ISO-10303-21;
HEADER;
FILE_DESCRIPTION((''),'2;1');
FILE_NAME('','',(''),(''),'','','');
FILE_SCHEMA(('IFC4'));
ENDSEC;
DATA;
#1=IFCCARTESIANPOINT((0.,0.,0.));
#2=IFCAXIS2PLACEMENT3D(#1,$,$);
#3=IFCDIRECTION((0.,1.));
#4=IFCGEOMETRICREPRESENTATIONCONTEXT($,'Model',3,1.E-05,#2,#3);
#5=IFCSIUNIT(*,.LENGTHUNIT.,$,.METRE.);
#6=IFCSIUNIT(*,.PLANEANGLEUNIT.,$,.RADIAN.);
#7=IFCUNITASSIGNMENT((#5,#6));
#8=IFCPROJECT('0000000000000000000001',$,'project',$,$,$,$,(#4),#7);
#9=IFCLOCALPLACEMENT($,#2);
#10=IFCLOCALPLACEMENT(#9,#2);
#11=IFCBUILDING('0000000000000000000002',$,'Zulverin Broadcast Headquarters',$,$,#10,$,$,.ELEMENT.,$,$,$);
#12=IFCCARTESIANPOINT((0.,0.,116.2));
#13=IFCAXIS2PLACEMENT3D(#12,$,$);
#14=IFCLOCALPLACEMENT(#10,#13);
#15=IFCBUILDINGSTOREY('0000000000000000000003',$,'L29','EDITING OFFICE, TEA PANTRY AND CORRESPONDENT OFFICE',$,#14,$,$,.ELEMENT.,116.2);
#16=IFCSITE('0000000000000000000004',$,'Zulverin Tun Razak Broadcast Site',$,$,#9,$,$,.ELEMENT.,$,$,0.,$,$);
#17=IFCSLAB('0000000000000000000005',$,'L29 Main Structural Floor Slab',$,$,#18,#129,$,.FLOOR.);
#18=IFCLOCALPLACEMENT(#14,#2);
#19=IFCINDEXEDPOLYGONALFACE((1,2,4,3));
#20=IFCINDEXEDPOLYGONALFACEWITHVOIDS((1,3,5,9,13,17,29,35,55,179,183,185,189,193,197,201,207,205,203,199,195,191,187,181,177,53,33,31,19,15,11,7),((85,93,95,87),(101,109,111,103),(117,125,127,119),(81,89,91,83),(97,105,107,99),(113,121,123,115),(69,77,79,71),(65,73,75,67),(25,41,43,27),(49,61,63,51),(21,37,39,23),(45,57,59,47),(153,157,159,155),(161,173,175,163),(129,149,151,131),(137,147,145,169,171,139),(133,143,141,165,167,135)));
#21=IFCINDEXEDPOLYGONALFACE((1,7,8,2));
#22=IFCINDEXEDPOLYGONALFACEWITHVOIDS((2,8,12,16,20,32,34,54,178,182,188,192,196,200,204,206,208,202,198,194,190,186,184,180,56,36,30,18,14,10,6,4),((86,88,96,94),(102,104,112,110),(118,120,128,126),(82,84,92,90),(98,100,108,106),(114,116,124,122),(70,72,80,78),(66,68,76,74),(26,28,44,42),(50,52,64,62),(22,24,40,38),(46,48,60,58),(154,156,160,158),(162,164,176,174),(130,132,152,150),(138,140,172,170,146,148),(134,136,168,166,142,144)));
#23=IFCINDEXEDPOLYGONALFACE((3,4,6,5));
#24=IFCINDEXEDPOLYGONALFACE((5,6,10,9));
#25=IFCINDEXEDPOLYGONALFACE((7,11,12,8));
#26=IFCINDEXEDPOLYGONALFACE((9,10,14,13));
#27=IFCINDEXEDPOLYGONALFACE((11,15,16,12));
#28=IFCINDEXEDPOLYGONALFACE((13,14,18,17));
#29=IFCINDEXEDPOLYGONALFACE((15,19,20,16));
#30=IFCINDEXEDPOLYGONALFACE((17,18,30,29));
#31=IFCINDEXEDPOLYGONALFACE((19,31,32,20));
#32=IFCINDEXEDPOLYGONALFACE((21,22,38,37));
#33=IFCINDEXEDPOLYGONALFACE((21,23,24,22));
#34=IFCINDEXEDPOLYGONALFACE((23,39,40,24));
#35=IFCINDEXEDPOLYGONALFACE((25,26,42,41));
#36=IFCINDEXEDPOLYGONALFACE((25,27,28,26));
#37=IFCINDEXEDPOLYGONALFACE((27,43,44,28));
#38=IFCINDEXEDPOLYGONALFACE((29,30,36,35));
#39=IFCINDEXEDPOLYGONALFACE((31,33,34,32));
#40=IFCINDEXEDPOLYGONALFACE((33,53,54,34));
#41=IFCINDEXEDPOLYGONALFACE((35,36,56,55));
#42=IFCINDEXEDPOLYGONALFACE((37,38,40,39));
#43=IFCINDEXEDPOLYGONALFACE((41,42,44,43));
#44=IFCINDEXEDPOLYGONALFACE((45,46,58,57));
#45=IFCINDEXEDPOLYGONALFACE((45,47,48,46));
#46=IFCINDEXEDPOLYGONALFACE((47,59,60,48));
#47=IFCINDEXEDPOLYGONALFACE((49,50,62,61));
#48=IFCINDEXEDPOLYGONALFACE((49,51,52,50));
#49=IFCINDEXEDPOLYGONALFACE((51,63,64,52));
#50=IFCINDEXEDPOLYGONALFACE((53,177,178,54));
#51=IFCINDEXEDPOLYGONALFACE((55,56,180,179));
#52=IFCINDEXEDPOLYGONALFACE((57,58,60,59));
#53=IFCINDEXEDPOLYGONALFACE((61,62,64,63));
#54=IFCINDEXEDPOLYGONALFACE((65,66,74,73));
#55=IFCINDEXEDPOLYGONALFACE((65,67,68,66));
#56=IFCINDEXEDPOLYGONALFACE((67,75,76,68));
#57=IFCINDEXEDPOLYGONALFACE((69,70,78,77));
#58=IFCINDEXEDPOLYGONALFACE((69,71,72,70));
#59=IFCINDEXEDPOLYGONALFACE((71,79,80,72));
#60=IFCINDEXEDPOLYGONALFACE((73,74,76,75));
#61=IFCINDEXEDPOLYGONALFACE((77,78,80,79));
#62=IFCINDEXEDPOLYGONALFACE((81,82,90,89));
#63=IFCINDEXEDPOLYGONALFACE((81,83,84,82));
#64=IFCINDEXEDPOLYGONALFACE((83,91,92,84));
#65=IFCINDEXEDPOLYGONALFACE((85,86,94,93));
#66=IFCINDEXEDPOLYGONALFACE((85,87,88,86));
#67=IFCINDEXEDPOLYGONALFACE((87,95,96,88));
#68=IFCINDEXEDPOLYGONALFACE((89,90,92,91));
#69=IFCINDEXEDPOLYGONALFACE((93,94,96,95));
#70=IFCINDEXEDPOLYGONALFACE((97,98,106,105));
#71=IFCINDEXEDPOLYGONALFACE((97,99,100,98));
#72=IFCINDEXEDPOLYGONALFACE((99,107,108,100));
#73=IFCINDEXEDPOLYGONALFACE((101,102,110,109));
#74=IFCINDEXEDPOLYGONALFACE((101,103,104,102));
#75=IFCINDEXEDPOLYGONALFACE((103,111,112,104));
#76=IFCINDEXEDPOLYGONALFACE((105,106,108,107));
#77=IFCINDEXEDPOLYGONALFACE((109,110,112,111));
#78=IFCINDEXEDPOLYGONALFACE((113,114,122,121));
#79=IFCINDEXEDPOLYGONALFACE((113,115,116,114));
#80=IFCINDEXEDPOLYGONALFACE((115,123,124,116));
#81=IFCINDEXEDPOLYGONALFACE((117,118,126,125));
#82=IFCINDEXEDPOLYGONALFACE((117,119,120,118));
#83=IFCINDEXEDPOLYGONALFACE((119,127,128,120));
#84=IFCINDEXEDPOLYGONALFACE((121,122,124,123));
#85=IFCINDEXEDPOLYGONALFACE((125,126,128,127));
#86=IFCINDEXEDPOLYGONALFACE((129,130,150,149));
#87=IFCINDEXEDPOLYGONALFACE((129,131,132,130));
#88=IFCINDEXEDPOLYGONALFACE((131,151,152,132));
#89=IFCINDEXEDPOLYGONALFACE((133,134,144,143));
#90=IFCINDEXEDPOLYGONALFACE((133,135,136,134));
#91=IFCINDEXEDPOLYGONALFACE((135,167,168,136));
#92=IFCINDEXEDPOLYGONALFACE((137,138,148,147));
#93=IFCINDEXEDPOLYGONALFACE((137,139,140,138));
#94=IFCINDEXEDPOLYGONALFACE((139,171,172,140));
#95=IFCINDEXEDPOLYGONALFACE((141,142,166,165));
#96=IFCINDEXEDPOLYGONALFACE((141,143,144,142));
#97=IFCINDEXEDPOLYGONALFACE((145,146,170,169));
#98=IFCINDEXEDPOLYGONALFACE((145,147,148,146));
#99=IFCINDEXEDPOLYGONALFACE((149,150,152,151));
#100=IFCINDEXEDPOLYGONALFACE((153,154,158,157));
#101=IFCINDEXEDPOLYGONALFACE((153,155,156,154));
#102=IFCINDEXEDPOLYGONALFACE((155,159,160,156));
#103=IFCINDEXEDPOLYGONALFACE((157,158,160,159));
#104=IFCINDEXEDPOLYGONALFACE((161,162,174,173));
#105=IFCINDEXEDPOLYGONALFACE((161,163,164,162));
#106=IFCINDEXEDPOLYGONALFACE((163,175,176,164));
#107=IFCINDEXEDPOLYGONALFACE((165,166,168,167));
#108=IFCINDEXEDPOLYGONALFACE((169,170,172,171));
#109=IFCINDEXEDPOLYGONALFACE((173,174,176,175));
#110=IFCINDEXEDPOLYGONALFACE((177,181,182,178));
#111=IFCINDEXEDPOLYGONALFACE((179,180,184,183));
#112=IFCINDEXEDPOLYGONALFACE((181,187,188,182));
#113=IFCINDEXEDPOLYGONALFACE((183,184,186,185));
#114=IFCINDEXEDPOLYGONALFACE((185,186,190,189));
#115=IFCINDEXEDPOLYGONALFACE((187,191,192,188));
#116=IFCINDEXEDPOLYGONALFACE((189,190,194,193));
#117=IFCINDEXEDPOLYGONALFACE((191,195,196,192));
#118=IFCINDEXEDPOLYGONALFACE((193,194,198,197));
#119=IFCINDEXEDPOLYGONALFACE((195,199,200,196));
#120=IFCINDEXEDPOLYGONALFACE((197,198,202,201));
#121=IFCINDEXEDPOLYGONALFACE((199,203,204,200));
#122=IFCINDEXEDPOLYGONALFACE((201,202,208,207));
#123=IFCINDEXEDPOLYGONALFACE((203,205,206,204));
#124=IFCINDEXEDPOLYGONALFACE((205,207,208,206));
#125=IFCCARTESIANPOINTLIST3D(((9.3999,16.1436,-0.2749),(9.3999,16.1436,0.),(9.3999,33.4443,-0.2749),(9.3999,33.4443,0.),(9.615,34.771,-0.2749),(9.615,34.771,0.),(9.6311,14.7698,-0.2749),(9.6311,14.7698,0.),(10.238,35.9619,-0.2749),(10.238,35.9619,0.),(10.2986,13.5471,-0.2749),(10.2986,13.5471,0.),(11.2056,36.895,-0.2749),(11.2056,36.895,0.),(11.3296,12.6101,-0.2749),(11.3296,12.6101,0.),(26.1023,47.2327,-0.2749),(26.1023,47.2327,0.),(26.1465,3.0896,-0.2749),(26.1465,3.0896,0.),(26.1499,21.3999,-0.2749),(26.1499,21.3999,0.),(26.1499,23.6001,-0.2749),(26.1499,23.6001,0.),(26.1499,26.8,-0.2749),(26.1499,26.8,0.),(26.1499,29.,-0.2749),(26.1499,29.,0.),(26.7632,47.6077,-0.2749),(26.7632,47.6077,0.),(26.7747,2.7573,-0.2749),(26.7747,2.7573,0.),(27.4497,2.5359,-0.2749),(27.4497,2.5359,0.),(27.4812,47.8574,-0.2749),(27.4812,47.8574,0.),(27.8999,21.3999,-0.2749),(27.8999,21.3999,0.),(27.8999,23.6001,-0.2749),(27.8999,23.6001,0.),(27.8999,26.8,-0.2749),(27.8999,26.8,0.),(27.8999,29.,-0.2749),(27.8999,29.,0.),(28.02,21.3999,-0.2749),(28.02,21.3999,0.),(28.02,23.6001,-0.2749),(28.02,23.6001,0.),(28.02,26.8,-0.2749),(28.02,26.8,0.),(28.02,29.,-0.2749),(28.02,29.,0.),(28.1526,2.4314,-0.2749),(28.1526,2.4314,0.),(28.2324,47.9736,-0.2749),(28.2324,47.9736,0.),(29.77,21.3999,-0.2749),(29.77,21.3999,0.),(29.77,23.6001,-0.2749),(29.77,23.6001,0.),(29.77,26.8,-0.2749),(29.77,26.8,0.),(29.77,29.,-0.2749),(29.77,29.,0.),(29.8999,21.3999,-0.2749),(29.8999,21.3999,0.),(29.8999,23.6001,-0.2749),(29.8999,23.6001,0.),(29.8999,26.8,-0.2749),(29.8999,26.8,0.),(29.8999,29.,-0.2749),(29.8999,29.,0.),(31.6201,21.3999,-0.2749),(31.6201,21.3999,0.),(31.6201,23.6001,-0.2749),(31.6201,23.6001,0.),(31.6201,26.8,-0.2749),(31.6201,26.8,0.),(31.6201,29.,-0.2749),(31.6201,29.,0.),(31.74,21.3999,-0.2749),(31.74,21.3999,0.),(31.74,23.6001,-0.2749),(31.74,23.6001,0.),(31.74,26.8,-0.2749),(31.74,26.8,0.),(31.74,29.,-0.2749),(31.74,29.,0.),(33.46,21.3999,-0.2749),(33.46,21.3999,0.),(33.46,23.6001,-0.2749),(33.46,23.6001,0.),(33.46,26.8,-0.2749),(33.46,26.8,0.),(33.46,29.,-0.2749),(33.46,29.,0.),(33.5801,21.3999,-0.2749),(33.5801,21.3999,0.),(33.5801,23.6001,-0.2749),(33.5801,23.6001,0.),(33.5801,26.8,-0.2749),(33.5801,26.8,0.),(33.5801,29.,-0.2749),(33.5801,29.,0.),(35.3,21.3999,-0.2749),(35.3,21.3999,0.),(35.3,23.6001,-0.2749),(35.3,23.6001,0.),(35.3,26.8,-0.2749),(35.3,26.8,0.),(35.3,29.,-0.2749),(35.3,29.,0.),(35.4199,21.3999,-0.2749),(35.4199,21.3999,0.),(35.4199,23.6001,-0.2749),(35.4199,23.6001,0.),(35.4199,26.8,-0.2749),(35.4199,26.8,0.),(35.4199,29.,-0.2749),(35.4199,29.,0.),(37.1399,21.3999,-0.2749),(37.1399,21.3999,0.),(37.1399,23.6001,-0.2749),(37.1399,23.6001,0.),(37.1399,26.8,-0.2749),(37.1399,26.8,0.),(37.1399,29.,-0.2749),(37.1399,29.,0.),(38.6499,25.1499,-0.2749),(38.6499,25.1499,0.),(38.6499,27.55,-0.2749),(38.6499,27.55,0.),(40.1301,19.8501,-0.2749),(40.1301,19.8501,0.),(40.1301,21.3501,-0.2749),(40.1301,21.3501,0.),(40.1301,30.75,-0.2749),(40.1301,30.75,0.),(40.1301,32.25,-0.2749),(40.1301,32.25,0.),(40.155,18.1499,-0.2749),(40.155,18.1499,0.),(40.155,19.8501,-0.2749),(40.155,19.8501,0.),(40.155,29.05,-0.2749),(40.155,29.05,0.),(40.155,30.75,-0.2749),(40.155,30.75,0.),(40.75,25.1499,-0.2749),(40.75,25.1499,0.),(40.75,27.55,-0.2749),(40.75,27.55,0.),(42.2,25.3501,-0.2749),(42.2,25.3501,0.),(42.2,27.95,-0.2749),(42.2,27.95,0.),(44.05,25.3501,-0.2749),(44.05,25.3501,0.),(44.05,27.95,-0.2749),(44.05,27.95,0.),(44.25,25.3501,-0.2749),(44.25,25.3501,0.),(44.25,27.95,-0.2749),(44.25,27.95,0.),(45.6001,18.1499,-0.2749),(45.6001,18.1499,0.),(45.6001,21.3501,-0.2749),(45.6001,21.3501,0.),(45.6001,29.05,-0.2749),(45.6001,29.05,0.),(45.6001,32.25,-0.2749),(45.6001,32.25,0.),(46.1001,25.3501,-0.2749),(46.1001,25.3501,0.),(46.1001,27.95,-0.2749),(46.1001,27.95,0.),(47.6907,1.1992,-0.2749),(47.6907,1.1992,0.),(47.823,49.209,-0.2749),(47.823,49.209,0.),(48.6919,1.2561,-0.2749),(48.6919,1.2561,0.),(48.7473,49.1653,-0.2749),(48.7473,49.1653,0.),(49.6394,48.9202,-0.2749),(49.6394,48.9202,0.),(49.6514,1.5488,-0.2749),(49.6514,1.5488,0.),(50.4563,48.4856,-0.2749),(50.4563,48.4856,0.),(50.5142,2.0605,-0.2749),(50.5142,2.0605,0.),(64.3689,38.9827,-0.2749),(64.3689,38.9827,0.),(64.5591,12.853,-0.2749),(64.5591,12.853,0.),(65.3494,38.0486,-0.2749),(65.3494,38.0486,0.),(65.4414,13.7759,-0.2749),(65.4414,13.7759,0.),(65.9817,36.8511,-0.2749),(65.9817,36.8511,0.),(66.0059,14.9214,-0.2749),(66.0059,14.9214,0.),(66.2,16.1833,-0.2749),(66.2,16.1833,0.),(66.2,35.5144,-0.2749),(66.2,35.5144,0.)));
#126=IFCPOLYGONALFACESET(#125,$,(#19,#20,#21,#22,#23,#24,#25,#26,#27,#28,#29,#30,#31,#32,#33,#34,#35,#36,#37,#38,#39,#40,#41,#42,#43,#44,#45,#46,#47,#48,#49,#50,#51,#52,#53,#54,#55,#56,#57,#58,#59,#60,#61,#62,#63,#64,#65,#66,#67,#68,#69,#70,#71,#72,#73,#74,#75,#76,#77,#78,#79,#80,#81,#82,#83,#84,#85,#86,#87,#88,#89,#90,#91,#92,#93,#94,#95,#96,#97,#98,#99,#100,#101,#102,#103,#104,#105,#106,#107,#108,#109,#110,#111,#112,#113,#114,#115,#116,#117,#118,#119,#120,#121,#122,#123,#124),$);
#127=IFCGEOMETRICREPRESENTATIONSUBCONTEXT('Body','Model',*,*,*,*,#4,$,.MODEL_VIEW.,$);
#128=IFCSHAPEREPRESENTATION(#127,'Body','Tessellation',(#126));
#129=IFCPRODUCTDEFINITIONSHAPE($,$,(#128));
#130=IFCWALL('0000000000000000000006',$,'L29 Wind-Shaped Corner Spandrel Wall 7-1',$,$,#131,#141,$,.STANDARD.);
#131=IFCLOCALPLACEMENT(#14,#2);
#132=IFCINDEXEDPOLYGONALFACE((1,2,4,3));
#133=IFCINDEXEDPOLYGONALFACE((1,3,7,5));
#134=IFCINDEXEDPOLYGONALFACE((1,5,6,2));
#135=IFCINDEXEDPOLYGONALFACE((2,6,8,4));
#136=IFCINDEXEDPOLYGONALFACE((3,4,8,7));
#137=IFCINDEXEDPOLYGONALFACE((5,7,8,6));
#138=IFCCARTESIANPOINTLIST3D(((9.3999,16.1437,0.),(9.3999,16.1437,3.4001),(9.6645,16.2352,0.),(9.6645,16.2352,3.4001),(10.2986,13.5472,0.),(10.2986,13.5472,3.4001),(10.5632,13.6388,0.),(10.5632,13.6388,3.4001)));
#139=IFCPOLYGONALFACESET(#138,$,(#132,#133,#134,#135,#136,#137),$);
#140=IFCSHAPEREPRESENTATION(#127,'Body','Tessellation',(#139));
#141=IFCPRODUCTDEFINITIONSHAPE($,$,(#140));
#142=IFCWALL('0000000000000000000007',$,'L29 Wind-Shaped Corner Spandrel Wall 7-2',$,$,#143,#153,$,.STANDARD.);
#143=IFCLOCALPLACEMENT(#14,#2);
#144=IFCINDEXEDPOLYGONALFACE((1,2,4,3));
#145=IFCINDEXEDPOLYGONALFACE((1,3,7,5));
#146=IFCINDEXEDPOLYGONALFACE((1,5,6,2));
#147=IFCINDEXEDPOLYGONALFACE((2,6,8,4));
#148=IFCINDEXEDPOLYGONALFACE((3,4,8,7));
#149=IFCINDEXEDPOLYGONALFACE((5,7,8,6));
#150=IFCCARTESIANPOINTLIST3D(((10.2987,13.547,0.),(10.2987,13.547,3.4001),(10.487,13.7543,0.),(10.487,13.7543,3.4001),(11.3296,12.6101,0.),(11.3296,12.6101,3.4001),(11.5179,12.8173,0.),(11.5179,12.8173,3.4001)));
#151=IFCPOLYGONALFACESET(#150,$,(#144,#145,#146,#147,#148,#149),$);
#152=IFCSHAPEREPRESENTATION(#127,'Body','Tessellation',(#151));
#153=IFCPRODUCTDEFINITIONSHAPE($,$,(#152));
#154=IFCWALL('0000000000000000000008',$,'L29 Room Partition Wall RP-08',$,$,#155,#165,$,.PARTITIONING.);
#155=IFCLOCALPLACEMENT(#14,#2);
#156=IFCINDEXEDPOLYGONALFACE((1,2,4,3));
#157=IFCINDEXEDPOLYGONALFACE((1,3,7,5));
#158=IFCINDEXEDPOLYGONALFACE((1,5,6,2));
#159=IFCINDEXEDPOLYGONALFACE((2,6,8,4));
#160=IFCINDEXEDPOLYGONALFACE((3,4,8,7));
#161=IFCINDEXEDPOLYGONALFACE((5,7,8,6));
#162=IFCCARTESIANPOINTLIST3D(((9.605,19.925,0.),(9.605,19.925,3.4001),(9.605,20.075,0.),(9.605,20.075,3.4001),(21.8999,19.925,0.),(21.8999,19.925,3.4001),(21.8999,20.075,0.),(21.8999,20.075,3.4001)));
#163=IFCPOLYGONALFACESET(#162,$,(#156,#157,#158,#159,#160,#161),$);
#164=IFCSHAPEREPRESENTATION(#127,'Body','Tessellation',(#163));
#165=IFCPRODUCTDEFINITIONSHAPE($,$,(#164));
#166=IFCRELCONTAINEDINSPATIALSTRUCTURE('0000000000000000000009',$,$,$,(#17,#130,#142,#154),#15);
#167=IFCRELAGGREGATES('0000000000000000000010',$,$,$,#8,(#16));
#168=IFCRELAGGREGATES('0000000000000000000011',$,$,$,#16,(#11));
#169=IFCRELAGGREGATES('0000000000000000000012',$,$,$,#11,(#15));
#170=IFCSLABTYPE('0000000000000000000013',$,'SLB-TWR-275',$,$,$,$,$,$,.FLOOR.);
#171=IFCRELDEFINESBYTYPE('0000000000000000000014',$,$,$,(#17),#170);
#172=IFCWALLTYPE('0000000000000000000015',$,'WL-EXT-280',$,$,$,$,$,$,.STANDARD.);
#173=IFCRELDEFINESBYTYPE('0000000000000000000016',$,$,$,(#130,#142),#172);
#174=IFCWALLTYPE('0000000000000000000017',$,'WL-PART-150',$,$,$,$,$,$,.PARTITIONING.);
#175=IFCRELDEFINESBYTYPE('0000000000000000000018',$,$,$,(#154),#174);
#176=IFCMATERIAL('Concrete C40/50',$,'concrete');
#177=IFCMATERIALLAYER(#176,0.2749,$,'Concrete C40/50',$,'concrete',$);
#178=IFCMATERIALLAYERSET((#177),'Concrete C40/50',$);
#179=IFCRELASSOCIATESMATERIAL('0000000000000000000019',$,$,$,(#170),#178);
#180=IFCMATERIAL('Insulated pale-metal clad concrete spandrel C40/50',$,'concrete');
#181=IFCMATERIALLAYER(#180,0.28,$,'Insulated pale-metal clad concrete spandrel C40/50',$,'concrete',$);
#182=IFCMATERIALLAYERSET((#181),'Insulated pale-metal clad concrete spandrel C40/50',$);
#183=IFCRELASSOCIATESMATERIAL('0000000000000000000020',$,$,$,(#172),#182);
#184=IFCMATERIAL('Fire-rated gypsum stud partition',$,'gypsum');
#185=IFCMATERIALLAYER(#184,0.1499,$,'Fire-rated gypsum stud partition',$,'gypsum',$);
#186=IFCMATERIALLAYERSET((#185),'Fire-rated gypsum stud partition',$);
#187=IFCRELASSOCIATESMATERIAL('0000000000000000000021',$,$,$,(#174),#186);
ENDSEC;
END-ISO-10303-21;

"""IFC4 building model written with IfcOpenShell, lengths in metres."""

from ifc_helpers import new_model, si_unit, direction, frame, frame_2d, origin, place, context, subcontext, project, spatial, polyline, rectangle, outline, extrude, material, layer, layer_set, type_object, element, save


model = new_model("IFC4")

# Units and contexts
model_context = context("Model", 3, precision=1e-05, world=origin(), true_north=direction((0.0, 1.0)))
body_context = subcontext(model_context, "Body", "Model", "MODEL_VIEW")
ifc_project = project(units=[si_unit("LENGTHUNIT", "METRE"), si_unit("PLANEANGLEUNIT", "RADIAN")], contexts=[model_context])

# Site, building, storey
site_placement = place(None, origin())
site = spatial("IfcSite", under=ifc_project, at=site_placement, Name="Zulverin Tun Razak Broadcast Site", CompositionType="ELEMENT", RefElevation=0.0)
building_placement = place(site_placement, origin())
building = spatial("IfcBuilding", under=site, at=building_placement, Name="Zulverin Broadcast Headquarters", CompositionType="ELEMENT")
storey_placement = place(building_placement, frame((0.0, 0.0, 116.2)))
storey = spatial("IfcBuildingStorey", under=building, at=storey_placement, Name="L29", Description="EDITING OFFICE, TEA PANTRY AND CORRESPONDENT OFFICE", CompositionType="ELEMENT", Elevation=116.2)

# Shared definitions
ifc_material_1 = material(Name="Concrete C40/50", Category="concrete")

# Slab
ifc_layer_1 = layer(ifc_material_1, 0.2749, Name="Concrete C40/50", Category="concrete")
ifc_layer_set_1 = layer_set([ifc_layer_1], Name="Concrete C40/50")
slab_type_1 = type_object("IfcSlabType", Name="SLB-TWR-275", PredefinedType="FLOOR", material=ifc_layer_set_1)
slab_1_placement = place(storey_placement, frame((0.0, 0.0, -0.2749)))
element("IfcSlab", 1, at=slab_1_placement, inside=storey, type_object=slab_type_1, Name="L29 Main Structural Floor Slab", PredefinedType="FLOOR", context=body_context, shape_type="SweptSolid", body=[
    extrude(outline(polyline([(26.1465, 3.0896), (26.7747, 2.7573), (27.4497, 2.5359), (28.1526, 2.4314), (47.6907, 1.1992), (48.6919, 1.2561), (49.6514, 1.5488), (50.5142, 2.0605), (64.5591, 12.853), (65.4414, 13.7759), (66.0059, 14.9214), (66.2, 16.1833), (66.2, 35.5144), (65.9817, 36.8511), (65.3494, 38.0486), (64.3689, 38.9827), (50.4563, 48.4856), (49.6394, 48.9202), (48.7473, 49.1653), (47.823, 49.209), (28.2324, 47.9736), (27.4812, 47.8574), (26.7632, 47.6077), (26.1023, 47.2327), (11.2056, 36.895), (10.238, 35.9619), (9.615, 34.771), (9.3999, 33.4443), (9.3999, 16.1436), (9.6311, 14.7698), (10.2986, 13.5471), (11.3296, 12.6101), (26.1465, 3.0896)]), holes=[polyline([(40.155, 30.75), (40.1301, 30.75), (40.1301, 32.25), (45.6001, 32.25), (45.6001, 29.05), (40.155, 29.05), (40.155, 30.75)]), polyline([(40.155, 19.8501), (40.1301, 19.8501), (40.1301, 21.3501), (45.6001, 21.3501), (45.6001, 18.1499), (40.155, 18.1499), (40.155, 19.8501)]), polyline([(26.1499, 26.8), (27.8999, 26.8), (27.8999, 29.0), (26.1499, 29.0), (26.1499, 26.8)]), polyline([(28.02, 26.8), (29.77, 26.8), (29.77, 29.0), (28.02, 29.0), (28.02, 26.8)]), polyline([(26.1499, 21.3999), (27.8999, 21.3999), (27.8999, 23.6001), (26.1499, 23.6001), (26.1499, 21.3999)]), polyline([(28.02, 21.3999), (29.77, 21.3999), (29.77, 23.6001), (28.02, 23.6001), (28.02, 21.3999)]), polyline([(29.8999, 21.3999), (31.6201, 21.3999), (31.6201, 23.6001), (29.8999, 23.6001), (29.8999, 21.3999)]), polyline([(31.74, 21.3999), (33.46, 21.3999), (33.46, 23.6001), (31.74, 23.6001), (31.74, 21.3999)]), polyline([(33.5801, 21.3999), (35.3, 21.3999), (35.3, 23.6001), (33.5801, 23.6001), (33.5801, 21.3999)]), polyline([(35.4199, 21.3999), (37.1399, 21.3999), (37.1399, 23.6001), (35.4199, 23.6001), (35.4199, 21.3999)]), polyline([(29.8999, 26.8), (31.6201, 26.8), (31.6201, 29.0), (29.8999, 29.0), (29.8999, 26.8)]), polyline([(31.74, 26.8), (33.46, 26.8), (33.46, 29.0), (31.74, 29.0), (31.74, 26.8)]), polyline([(33.5801, 26.8), (35.3, 26.8), (35.3, 29.0), (33.5801, 29.0), (33.5801, 26.8)]), polyline([(35.4199, 26.8), (37.1399, 26.8), (37.1399, 29.0), (35.4199, 29.0), (35.4199, 26.8)]), polyline([(42.2, 25.3501), (44.05, 25.3501), (44.05, 27.95), (42.2, 27.95), (42.2, 25.3501)]), polyline([(44.25, 25.3501), (46.1001, 25.3501), (46.1001, 27.95), (44.25, 27.95), (44.25, 25.3501)]), polyline([(38.6499, 25.1499), (40.75, 25.1499), (40.75, 27.55), (38.6499, 27.55), (38.6499, 25.1499)])]), origin(), (0.0, 0.0, 1.0), 0.2749),
])

# Walls
ifc_material_2 = material(Name="Insulated pale-metal clad concrete spandrel C40/50", Category="concrete")
ifc_layer_2 = layer(ifc_material_2, 0.28, Name="Insulated pale-metal clad concrete spandrel C40/50", Category="concrete")
ifc_layer_set_2 = layer_set([ifc_layer_2], Name="Insulated pale-metal clad concrete spandrel C40/50")
wall_type_1 = type_object("IfcWallType", Name="WL-EXT-280", PredefinedType="STANDARD", material=ifc_layer_set_2)
wall_1_placement = place(storey_placement, frame((9.5322, 16.1895, 0.0), z_axis=(0.0, 0.0, 1.0), x_axis=(0.327083, -0.944996, 0.0)))
element("IfcWall", 2, at=wall_1_placement, inside=storey, type_object=wall_type_1, Name="L29 Wind-Shaped Corner Spandrel Wall 7-1", PredefinedType="STANDARD", context=body_context, shape_type="SweptSolid", body=[
    extrude(rectangle(XDim=2.7476, YDim=0.28, at=frame_2d((1.3738, 0.0))), origin(), (0.0, 0.0, 1.0), 3.4001),
])
wall_2_placement = place(storey_placement, frame((10.3928, 13.6506, 0.0), z_axis=(0.0, 0.0, 1.0), x_axis=(0.740035, -0.672568, 0.0)))
element("IfcWall", 3, at=wall_2_placement, inside=storey, type_object=wall_type_1, Name="L29 Wind-Shaped Corner Spandrel Wall 7-2", PredefinedType="STANDARD", context=body_context, shape_type="SweptSolid", body=[
    extrude(rectangle(XDim=1.3931, YDim=0.28, at=frame_2d((0.6965, 0.0))), origin(), (0.0, 0.0, 1.0), 3.4001),
])
ifc_material_3 = material(Name="Fire-rated gypsum stud partition", Category="gypsum")
ifc_layer_3 = layer(ifc_material_3, 0.1499, Name="Fire-rated gypsum stud partition", Category="gypsum")
ifc_layer_set_3 = layer_set([ifc_layer_3], Name="Fire-rated gypsum stud partition")
wall_type_2 = type_object("IfcWallType", Name="WL-PART-150", PredefinedType="PARTITIONING", material=ifc_layer_set_3)
wall_3_placement = place(storey_placement, frame((9.605, 20.0, 0.0), z_axis=(0.0, 0.0, 1.0), x_axis=(1.0, 0.0, 0.0)))
element("IfcWall", 4, at=wall_3_placement, inside=storey, type_object=wall_type_2, Name="L29 Room Partition Wall RP-08", PredefinedType="PARTITIONING", context=body_context, shape_type="SweptSolid", body=[
    extrude(rectangle(XDim=12.2949, YDim=0.1499, at=frame_2d((6.1475, 0.0))), origin(), (0.0, 0.0, 1.0), 3.4001),
])

save(model, "model.ifc")
